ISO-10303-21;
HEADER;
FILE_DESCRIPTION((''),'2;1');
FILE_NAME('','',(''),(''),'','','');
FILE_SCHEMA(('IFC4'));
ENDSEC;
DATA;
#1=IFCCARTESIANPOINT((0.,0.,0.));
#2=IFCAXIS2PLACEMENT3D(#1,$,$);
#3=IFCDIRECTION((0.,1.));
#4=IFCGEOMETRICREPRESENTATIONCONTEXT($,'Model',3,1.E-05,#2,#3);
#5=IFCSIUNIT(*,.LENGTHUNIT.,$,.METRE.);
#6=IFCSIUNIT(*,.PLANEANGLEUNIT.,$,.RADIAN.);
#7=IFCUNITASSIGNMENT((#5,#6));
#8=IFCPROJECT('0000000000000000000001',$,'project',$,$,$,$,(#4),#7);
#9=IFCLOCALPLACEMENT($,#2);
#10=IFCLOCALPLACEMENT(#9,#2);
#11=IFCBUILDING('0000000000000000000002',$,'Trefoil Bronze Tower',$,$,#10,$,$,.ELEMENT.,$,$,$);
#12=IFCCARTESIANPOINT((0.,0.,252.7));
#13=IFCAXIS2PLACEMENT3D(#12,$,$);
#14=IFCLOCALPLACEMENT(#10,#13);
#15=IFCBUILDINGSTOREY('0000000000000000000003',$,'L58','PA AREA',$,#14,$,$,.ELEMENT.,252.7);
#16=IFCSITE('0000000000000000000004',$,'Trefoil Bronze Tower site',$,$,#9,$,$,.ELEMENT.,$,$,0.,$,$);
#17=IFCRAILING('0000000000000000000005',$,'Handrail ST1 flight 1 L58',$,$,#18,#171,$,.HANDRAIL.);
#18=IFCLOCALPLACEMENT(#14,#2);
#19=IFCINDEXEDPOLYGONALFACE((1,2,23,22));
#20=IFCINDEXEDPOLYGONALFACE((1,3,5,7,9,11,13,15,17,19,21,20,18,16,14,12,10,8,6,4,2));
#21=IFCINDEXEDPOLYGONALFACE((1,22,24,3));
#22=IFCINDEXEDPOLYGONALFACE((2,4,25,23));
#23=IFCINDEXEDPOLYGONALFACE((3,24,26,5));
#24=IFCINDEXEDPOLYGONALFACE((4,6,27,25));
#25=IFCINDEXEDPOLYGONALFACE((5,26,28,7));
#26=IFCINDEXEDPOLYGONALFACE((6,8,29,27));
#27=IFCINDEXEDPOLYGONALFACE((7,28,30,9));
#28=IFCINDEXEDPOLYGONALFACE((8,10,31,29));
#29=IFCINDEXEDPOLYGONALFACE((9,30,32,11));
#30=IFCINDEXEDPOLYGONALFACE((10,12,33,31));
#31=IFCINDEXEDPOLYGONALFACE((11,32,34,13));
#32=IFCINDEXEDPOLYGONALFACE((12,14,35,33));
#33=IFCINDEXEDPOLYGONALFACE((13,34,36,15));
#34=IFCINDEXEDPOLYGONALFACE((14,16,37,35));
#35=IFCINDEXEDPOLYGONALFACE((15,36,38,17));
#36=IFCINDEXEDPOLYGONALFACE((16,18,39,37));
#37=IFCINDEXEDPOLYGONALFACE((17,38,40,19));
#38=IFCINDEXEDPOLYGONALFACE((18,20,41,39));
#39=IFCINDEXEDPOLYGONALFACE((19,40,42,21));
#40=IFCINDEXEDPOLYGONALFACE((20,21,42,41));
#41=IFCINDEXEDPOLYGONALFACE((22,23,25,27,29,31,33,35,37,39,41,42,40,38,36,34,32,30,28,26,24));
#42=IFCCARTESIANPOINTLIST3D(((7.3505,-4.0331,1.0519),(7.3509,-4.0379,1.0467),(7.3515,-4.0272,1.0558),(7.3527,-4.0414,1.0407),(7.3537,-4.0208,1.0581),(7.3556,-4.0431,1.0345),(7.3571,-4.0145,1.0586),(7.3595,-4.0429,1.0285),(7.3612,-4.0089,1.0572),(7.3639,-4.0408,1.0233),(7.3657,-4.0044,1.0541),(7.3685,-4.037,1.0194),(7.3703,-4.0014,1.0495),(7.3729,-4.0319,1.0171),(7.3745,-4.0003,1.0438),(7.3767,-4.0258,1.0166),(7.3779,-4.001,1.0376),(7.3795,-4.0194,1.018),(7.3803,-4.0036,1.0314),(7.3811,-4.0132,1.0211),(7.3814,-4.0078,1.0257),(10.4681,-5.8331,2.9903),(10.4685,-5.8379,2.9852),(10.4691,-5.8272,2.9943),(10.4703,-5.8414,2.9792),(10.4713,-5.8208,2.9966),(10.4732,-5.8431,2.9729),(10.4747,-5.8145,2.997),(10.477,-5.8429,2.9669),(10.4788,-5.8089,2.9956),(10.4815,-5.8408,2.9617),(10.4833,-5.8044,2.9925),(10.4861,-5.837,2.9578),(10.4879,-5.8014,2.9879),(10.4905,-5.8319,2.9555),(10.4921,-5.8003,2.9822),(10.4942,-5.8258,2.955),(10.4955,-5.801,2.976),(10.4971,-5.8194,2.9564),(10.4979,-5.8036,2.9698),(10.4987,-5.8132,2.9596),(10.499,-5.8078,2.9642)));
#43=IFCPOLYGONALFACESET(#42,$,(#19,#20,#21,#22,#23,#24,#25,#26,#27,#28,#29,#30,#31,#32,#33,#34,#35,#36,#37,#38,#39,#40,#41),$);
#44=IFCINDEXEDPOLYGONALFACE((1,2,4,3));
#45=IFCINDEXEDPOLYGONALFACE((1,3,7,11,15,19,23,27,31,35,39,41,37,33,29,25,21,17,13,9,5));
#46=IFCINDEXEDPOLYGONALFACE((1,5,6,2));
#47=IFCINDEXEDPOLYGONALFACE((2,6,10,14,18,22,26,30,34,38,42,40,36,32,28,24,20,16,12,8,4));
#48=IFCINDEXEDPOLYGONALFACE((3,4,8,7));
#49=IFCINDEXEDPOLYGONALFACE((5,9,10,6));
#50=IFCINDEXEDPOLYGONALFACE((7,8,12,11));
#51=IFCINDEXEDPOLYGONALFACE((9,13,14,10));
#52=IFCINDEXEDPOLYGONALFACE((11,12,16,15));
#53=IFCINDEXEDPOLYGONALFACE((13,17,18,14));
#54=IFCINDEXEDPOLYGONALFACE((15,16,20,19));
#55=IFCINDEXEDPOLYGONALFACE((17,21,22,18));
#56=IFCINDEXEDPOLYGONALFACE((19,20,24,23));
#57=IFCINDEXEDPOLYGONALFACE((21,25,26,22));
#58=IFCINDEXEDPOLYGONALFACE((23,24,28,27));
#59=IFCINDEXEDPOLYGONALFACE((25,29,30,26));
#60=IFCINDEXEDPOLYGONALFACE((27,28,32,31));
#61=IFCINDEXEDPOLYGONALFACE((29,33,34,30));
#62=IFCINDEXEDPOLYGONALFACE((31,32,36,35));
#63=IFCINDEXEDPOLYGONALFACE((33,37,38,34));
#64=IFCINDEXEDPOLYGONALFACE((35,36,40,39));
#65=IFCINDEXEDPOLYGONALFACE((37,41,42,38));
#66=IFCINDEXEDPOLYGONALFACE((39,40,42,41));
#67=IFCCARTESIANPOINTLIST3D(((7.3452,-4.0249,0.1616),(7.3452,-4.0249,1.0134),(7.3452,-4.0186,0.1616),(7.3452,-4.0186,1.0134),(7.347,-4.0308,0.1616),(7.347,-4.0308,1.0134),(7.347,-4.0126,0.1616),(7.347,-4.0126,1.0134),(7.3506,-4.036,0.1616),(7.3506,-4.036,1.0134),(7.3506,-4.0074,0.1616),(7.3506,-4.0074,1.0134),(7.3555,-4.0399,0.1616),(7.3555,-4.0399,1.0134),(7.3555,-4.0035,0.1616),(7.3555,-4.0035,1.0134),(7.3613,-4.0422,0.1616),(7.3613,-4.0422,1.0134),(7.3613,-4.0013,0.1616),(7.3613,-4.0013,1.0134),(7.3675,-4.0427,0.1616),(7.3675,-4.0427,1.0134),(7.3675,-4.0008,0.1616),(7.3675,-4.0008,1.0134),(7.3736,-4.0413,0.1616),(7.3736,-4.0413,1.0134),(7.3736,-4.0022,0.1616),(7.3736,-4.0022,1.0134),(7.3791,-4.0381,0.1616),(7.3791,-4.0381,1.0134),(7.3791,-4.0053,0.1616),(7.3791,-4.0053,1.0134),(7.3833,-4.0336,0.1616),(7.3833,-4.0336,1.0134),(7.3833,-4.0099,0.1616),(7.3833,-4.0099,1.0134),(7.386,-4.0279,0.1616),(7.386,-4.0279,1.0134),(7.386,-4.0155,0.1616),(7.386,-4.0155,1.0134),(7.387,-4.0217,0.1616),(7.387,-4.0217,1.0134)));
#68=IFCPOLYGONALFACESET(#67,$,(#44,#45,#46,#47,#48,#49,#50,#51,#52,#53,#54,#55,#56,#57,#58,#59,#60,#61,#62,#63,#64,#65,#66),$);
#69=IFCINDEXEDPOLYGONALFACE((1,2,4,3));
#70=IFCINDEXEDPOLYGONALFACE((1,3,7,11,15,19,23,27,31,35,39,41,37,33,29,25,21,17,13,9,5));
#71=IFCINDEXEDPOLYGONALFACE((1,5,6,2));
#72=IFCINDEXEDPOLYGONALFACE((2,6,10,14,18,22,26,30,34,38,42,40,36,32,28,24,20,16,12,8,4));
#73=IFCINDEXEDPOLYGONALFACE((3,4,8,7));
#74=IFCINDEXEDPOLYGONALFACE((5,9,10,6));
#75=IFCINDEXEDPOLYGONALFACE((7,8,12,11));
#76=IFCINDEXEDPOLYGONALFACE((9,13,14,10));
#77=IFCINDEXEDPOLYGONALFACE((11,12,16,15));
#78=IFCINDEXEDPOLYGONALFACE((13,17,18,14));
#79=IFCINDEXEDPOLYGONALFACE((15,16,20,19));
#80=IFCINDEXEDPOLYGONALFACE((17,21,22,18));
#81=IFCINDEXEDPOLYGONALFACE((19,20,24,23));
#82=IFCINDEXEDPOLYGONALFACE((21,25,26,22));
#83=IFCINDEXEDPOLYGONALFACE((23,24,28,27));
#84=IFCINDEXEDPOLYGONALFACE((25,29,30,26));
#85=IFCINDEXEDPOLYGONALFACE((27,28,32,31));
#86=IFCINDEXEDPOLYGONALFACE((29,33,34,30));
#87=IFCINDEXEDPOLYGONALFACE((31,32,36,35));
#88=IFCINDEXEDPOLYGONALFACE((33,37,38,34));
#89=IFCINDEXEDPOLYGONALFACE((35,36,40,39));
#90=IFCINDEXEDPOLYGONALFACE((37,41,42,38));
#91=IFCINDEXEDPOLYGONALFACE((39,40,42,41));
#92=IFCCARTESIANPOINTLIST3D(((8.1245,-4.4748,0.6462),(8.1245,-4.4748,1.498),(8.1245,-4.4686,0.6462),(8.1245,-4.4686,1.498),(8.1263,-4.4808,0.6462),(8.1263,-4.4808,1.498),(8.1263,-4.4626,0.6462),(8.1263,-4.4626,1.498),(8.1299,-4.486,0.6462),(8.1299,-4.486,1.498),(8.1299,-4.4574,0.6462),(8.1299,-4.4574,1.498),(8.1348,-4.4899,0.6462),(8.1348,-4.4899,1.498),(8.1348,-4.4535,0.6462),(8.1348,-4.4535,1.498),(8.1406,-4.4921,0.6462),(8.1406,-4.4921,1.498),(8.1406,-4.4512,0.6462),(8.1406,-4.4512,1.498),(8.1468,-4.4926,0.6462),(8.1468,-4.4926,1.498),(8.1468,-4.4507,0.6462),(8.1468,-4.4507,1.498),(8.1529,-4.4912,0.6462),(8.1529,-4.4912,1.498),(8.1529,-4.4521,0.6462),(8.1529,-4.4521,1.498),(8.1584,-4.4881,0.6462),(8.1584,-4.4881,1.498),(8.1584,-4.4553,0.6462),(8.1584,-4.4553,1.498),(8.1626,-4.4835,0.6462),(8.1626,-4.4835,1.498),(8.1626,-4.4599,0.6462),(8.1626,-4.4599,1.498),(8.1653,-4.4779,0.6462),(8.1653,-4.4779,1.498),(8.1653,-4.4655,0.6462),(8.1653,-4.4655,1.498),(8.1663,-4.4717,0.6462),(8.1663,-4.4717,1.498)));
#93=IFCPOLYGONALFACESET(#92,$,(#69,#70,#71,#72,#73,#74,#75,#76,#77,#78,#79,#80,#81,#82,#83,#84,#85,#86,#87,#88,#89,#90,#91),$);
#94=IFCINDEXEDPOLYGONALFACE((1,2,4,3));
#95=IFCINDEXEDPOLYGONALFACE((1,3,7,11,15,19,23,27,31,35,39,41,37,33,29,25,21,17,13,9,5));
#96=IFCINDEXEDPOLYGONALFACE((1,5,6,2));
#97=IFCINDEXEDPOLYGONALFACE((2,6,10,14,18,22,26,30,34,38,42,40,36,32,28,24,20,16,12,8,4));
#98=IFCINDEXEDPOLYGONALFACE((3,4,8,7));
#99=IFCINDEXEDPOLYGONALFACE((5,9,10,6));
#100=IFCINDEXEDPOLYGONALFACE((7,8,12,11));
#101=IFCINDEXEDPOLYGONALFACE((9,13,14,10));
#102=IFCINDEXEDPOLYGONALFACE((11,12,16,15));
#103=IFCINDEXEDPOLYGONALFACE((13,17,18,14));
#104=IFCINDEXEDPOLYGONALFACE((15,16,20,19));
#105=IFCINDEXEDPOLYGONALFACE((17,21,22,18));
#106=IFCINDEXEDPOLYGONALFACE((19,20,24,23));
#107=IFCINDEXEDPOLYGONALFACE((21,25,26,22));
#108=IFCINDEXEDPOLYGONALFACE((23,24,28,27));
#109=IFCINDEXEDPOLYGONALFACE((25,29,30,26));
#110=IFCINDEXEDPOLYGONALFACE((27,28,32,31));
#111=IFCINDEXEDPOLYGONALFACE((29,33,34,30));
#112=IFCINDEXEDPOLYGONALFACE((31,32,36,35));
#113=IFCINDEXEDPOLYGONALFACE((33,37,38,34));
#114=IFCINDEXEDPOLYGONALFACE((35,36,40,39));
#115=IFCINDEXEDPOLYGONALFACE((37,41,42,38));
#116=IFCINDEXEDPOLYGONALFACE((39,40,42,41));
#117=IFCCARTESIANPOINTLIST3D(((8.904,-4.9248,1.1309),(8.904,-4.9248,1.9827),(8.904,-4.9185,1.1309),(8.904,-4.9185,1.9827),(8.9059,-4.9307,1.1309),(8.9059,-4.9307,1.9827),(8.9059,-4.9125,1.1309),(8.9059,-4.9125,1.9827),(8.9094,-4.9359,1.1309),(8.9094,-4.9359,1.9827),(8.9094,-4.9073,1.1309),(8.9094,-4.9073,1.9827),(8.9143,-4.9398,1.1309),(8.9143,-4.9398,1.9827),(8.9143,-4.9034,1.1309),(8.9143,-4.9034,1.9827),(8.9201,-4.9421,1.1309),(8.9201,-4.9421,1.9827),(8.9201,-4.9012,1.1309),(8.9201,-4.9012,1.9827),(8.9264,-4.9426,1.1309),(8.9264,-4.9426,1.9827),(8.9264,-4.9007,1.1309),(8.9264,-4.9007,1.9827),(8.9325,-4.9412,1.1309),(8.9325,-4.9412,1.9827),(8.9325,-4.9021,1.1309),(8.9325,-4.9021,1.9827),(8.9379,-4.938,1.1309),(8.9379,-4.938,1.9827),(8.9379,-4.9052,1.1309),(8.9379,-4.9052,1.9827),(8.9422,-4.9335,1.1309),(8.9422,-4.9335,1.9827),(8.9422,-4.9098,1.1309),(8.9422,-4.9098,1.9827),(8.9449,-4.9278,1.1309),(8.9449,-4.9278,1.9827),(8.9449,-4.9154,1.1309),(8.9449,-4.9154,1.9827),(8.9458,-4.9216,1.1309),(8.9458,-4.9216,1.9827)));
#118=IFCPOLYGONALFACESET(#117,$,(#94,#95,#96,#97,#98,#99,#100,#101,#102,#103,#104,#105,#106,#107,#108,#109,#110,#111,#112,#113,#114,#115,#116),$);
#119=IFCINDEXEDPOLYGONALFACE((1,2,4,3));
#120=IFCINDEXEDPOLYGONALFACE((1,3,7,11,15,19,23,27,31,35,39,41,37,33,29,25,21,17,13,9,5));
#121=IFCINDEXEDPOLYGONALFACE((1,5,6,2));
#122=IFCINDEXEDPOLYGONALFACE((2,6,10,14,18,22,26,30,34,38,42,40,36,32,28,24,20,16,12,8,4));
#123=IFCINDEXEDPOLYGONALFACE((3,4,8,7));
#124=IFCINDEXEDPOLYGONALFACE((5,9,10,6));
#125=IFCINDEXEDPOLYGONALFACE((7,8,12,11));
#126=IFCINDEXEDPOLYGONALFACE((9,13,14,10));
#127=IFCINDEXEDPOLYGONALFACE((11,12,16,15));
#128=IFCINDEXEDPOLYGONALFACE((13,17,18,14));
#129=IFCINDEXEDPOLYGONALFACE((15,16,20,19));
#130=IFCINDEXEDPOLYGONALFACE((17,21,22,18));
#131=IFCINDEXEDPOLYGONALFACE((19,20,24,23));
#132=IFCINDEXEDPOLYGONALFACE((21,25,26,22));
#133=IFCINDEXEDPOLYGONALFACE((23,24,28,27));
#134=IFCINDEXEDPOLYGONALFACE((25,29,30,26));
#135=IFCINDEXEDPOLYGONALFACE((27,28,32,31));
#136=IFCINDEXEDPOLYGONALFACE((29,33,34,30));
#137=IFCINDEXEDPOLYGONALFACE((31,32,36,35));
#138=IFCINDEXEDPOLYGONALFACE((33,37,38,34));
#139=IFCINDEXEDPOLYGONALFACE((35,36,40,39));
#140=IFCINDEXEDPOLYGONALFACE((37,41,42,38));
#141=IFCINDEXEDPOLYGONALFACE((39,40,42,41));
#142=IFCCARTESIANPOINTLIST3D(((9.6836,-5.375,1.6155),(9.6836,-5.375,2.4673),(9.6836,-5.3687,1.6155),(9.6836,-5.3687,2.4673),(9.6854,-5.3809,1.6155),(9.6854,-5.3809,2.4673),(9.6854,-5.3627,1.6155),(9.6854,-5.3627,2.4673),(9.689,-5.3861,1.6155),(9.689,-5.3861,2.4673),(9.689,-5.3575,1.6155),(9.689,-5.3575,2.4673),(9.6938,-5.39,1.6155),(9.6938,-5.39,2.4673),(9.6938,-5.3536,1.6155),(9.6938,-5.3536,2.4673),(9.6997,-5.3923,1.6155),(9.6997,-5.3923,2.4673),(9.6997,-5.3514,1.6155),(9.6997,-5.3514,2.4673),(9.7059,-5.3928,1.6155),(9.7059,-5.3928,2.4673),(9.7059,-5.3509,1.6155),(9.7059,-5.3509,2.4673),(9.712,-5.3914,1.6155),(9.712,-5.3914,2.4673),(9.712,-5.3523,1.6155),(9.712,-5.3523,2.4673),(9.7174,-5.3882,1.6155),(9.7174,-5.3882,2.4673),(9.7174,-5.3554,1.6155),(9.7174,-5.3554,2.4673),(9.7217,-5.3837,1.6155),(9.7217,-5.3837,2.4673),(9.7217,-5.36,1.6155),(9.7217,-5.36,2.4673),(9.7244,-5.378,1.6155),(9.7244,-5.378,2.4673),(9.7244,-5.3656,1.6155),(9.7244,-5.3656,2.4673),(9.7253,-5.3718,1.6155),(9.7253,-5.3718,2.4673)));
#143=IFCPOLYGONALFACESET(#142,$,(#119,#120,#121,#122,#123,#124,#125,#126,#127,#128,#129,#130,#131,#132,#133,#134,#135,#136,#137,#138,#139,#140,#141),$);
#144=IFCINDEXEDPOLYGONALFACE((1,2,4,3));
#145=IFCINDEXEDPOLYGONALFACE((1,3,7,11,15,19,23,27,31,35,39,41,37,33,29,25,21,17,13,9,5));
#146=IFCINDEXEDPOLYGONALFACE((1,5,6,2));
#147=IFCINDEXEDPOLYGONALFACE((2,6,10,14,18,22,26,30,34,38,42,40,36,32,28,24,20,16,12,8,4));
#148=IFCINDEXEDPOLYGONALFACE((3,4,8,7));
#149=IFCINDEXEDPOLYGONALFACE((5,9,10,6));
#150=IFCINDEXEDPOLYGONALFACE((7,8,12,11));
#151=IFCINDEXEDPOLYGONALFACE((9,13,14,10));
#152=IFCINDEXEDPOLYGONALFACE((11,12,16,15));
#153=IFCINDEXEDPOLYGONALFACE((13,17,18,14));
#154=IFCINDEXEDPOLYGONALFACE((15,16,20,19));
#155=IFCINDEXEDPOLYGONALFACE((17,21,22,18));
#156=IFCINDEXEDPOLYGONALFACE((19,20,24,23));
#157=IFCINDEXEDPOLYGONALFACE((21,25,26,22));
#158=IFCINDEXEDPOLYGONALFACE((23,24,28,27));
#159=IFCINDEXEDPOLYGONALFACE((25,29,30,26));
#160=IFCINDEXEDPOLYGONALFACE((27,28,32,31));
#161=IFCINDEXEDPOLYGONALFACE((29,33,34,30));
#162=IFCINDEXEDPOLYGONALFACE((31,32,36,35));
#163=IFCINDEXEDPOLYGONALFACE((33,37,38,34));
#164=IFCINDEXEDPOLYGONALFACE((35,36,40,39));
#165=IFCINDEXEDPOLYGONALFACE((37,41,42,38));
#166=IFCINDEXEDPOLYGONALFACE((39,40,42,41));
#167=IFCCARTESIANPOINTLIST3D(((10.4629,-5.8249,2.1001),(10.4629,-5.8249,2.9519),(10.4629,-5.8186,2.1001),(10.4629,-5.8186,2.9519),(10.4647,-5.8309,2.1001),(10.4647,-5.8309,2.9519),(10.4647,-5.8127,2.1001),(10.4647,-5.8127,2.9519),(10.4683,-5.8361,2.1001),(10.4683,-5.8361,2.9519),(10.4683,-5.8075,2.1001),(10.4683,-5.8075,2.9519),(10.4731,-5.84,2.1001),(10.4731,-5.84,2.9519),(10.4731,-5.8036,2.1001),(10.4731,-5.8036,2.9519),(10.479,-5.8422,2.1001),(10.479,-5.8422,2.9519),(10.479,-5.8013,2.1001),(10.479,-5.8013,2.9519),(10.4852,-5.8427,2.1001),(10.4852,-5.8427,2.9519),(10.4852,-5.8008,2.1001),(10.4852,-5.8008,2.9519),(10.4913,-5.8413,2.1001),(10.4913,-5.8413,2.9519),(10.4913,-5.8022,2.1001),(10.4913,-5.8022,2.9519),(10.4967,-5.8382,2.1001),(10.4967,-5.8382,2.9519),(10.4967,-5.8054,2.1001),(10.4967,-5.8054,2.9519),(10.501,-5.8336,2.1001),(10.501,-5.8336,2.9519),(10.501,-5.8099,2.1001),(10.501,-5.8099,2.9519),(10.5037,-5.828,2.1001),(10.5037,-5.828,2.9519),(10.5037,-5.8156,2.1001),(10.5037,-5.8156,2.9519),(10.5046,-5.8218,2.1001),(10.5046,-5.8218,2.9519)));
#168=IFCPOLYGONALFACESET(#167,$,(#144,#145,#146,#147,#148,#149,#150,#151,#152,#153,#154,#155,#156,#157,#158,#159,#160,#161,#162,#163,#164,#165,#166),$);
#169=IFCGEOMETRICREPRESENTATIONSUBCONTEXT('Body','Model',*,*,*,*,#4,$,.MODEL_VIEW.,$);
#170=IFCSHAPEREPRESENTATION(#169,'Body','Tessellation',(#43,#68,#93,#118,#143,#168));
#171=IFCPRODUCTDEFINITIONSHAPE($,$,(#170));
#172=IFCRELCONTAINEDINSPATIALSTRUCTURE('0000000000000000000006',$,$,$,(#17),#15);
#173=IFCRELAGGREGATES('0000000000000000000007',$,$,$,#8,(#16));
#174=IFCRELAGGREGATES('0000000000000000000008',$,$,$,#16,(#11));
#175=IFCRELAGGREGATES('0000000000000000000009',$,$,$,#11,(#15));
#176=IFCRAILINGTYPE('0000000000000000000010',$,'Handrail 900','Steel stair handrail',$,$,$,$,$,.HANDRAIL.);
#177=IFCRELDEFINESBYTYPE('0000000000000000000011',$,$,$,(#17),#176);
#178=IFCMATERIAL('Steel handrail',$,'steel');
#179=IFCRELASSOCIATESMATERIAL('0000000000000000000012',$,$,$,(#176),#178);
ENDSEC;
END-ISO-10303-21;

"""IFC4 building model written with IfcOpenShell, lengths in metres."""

from ifc_helpers import new_model, si_unit, direction, frame, origin, origin_2d, place, context, subcontext, project, spatial, circle, extrude, material, type_object, element, save


model = new_model("IFC4")

# Units and contexts
model_context = context("Model", 3, precision=1e-05, world=origin(), true_north=direction((0.0, 1.0)))
body_context = subcontext(model_context, "Body", "Model", "MODEL_VIEW")
ifc_project = project(units=[si_unit("LENGTHUNIT", "METRE"), si_unit("PLANEANGLEUNIT", "RADIAN")], contexts=[model_context])

# Site, building, storey
site_placement = place(None, origin())
site = spatial("IfcSite", under=ifc_project, at=site_placement, Name="Trefoil Bronze Tower site", CompositionType="ELEMENT", RefElevation=0.0)
building_placement = place(site_placement, origin())
building = spatial("IfcBuilding", under=site, at=building_placement, Name="Trefoil Bronze Tower", CompositionType="ELEMENT")
storey_placement = place(building_placement, frame((0.0, 0.0, 252.7)))
storey = spatial("IfcBuildingStorey", under=building, at=storey_placement, Name="L58", Description="PA AREA", CompositionType="ELEMENT", Elevation=252.7)

# Railing
ifc_material_1 = material(Name="Steel handrail", Category="steel")
railing_type = type_object("IfcRailingType", Name="Handrail 900", Description="Steel stair handrail", PredefinedType="HANDRAIL", material=ifc_material_1)
railing_1_placement = place(storey_placement, frame((7.366, -4.0217, 0.1616)))
element("IfcRailing", 1, at=railing_1_placement, inside=storey, type_object=railing_type, Name="Handrail ST1 flight 1 L58", PredefinedType="HANDRAIL", context=body_context, shape_type="SweptSolid", body=[
    extrude(circle(Radius=0.0239, at=origin_2d()), frame((0.0, 0.0, 0.876), z_axis=(0.762503, -0.440246, 0.474102), x_axis=(0.500012, 0.866018, 0.0)), (0.0, 0.0, 1.0), 4.0886),
    extrude(circle(Radius=0.021, at=origin_2d()), origin(), (0.0, 0.0, 1.0), 0.8518),
    extrude(circle(Radius=0.021, at=origin_2d()), frame((0.7793, -0.45, 0.4846)), (0.0, 0.0, 1.0), 0.8518),
    extrude(circle(Radius=0.021, at=origin_2d()), frame((1.5588, -0.8999, 0.9692)), (0.0, 0.0, 1.0), 0.8518),
    extrude(circle(Radius=0.021, at=origin_2d()), frame((2.3384, -1.3501, 1.4539)), (0.0, 0.0, 1.0), 0.8518),
    extrude(circle(Radius=0.021, at=origin_2d()), frame((3.1177, -1.8, 1.9385)), (0.0, 0.0, 1.0), 0.8518),
])

save(model, "model.ifc")
